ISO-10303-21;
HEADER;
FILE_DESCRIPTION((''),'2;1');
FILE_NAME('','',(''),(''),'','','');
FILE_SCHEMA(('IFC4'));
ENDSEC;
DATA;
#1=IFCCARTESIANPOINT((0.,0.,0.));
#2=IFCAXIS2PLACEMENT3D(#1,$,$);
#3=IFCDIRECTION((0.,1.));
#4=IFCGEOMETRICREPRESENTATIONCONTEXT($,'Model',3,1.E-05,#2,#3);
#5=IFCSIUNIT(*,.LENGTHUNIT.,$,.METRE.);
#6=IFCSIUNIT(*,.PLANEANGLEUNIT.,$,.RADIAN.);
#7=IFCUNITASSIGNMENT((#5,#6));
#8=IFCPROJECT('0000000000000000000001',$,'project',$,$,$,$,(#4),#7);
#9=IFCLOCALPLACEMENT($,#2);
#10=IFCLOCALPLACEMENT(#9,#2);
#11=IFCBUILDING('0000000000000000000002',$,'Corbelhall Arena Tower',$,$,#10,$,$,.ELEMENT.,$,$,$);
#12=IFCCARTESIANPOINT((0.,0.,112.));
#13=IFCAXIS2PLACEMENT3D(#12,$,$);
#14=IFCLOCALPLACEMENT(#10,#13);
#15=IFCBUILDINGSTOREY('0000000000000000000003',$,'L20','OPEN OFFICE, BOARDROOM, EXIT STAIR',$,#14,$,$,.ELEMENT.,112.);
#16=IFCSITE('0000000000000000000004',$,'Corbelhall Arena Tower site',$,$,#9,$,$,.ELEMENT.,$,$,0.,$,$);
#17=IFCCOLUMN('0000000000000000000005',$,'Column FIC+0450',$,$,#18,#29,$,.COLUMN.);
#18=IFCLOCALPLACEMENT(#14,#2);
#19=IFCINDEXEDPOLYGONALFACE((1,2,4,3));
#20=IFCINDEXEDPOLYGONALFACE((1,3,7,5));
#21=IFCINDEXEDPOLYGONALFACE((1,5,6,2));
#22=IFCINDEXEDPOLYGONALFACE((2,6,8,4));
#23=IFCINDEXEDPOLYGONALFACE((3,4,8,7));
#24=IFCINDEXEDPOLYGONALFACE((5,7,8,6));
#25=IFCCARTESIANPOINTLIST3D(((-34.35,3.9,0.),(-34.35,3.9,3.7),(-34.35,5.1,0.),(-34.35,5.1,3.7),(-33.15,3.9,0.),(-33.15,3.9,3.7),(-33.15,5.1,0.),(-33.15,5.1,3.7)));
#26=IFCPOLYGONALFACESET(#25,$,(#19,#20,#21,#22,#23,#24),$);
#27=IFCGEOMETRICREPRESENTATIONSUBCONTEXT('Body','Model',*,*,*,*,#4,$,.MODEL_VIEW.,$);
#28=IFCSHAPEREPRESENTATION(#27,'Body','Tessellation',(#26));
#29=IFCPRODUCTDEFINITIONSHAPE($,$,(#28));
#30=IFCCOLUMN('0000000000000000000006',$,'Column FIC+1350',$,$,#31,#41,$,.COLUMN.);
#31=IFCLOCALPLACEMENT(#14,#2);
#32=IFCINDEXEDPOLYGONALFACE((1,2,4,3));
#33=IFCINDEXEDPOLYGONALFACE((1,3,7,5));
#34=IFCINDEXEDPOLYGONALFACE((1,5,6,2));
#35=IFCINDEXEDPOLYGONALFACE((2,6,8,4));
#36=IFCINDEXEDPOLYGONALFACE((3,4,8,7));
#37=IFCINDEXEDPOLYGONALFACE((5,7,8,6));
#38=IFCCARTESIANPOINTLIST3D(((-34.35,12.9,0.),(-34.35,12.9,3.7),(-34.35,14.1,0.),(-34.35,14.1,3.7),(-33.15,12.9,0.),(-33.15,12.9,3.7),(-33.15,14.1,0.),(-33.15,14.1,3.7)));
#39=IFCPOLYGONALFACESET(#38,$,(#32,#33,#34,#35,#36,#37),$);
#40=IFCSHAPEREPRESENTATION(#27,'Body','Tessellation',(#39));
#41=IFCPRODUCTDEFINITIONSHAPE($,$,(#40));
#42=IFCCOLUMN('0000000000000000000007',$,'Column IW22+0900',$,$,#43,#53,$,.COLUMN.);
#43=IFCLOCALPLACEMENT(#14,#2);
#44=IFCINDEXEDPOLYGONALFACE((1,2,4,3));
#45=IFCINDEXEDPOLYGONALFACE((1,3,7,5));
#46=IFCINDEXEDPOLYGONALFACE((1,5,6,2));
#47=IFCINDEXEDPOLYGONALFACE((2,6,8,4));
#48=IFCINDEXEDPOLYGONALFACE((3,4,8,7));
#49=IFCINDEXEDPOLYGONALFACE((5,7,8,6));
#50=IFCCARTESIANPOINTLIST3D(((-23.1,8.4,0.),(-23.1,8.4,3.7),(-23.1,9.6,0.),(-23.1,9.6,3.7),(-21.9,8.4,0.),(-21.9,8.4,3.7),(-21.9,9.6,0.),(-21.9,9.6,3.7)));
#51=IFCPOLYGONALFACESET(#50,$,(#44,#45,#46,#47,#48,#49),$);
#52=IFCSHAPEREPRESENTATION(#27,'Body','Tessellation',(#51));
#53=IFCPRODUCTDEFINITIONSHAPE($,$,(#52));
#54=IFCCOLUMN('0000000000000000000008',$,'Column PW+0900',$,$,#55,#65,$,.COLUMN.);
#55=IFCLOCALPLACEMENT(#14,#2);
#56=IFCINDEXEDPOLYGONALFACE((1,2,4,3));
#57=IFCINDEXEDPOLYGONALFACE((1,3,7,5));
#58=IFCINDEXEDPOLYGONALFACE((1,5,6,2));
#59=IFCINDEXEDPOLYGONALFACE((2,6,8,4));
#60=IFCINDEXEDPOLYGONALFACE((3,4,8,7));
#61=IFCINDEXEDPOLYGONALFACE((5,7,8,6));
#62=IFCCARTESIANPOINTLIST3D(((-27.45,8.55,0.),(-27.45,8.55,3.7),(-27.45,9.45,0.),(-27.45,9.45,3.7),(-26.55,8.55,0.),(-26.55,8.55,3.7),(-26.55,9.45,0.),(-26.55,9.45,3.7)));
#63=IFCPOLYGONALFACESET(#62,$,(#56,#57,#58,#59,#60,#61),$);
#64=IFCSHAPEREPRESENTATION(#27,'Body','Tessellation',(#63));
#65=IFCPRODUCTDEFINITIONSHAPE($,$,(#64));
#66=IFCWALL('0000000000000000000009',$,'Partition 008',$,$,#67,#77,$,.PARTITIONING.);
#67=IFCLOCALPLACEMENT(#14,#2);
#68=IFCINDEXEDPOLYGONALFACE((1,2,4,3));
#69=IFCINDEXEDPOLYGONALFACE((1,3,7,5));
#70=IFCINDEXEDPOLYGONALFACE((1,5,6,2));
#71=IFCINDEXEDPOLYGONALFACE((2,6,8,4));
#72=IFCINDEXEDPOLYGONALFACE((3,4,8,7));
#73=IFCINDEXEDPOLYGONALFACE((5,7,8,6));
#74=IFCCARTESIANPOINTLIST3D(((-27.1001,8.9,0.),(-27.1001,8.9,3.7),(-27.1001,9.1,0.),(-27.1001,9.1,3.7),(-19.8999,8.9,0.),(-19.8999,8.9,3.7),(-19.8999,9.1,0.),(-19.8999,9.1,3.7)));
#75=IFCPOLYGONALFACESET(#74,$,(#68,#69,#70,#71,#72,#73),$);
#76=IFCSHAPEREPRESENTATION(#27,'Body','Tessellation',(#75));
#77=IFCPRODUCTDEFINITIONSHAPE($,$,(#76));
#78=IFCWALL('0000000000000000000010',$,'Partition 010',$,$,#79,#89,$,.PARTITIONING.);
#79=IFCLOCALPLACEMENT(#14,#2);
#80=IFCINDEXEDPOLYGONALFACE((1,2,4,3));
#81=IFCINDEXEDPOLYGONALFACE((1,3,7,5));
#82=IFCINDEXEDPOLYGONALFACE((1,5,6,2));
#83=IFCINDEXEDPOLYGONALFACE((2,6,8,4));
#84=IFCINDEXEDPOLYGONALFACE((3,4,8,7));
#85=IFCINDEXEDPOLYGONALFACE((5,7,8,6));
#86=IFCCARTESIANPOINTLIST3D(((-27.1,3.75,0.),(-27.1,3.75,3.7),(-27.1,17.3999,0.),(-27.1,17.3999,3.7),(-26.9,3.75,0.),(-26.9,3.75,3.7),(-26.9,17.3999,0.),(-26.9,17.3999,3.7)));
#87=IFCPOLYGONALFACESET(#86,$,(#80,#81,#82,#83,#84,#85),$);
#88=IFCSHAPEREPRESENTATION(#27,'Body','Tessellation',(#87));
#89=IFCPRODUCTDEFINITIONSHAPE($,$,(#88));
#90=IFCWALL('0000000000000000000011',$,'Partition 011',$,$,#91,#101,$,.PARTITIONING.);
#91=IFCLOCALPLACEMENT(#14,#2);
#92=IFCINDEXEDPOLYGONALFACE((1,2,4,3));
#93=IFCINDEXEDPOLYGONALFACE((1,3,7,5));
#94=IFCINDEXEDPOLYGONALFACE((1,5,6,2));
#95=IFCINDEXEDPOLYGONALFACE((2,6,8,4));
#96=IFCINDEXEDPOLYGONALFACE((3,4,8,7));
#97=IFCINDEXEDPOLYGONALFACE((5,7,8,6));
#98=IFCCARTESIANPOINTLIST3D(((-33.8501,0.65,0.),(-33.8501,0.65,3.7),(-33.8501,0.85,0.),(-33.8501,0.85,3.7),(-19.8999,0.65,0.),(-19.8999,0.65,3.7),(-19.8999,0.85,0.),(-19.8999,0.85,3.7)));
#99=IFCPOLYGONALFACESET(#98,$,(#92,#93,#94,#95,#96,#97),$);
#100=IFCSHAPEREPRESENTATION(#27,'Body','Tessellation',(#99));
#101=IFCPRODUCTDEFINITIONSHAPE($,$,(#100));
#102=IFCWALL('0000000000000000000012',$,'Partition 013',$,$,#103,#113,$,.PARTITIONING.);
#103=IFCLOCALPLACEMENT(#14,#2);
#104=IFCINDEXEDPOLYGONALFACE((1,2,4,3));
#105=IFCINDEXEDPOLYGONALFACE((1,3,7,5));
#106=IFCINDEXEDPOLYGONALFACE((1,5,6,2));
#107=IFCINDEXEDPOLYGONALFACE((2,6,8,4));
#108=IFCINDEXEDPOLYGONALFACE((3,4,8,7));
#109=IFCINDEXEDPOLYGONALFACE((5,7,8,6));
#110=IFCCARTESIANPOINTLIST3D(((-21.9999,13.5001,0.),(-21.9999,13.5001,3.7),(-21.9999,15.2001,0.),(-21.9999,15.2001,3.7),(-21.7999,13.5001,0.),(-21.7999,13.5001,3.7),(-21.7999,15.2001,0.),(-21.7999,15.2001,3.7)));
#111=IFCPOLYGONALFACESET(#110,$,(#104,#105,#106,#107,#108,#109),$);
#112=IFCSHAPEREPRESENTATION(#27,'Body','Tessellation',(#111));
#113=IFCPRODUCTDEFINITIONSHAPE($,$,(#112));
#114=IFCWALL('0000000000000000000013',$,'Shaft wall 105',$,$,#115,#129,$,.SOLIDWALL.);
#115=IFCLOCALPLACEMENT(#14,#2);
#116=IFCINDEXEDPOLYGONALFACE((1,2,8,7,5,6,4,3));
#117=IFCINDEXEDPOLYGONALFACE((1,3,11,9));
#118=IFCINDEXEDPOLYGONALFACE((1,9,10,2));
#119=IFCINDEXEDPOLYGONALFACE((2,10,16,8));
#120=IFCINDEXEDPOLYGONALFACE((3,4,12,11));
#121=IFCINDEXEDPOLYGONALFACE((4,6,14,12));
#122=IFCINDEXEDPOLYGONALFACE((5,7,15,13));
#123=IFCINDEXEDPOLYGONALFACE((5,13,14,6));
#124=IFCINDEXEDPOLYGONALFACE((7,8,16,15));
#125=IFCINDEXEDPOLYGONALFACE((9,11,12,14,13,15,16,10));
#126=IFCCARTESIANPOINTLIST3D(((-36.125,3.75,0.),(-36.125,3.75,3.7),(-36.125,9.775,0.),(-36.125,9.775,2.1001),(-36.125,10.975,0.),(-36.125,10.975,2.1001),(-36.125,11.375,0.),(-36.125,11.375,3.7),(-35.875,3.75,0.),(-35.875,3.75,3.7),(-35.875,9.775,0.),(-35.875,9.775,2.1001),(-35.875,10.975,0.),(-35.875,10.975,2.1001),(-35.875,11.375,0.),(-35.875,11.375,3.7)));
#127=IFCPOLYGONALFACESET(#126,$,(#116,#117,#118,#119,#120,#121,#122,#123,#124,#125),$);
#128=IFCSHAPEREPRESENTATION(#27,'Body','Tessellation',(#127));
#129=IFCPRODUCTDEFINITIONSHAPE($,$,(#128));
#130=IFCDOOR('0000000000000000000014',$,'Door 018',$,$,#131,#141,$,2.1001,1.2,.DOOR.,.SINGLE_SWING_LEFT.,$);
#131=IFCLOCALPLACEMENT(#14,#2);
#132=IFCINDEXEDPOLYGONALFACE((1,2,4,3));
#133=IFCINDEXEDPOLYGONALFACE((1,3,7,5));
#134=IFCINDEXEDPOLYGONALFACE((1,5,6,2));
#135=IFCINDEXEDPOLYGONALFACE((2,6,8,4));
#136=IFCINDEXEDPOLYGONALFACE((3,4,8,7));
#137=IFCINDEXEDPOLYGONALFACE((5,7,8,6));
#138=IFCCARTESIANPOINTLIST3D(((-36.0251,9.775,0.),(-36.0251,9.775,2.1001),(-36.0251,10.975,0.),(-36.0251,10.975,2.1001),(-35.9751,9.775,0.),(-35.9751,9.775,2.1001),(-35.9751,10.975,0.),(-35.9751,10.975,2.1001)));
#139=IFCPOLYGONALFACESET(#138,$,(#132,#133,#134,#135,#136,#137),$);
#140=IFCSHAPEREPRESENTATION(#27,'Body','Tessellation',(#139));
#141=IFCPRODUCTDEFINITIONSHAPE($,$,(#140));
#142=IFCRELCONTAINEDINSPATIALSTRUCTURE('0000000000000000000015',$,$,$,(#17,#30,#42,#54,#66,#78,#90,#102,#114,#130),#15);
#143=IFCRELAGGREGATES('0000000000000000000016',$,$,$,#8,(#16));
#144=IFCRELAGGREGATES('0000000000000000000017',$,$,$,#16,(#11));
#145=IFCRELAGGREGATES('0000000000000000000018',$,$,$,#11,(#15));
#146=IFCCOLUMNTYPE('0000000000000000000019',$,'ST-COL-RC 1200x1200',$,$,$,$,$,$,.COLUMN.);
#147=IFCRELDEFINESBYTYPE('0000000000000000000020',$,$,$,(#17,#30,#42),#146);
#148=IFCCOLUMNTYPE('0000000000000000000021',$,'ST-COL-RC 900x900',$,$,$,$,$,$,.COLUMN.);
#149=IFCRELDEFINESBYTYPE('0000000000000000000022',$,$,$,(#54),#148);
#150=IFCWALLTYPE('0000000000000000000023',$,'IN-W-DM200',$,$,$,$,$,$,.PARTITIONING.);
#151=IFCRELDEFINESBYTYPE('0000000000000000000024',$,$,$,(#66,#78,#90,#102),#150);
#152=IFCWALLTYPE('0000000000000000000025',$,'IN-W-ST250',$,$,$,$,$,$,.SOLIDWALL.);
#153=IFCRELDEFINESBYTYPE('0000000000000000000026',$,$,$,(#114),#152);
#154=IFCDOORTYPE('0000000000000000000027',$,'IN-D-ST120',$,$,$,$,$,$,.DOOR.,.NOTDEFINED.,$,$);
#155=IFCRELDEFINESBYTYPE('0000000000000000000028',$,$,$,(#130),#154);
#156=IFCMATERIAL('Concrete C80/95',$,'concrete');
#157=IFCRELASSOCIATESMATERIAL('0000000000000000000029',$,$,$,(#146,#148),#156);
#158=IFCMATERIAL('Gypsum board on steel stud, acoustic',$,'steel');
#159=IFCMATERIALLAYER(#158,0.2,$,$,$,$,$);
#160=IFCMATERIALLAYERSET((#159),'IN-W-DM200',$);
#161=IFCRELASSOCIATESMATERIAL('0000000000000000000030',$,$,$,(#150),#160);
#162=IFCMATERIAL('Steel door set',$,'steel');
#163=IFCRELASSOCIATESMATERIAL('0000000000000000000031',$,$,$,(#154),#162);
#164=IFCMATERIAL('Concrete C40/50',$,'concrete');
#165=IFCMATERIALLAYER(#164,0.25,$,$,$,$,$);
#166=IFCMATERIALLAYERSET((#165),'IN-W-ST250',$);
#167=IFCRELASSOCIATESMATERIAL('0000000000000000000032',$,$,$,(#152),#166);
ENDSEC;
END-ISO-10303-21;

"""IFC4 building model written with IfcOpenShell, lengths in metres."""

from ifc_helpers import new_model, si_unit, direction, frame, frame_2d, origin, origin_2d, place, context, subcontext, project, spatial, rectangle, extrude, material, layer, layer_set, material_profile, profile_set, type_object, element, fill, save


model = new_model("IFC4")

# Units and contexts
model_context = context("Model", 3, precision=1e-05, world=origin(), true_north=direction((0.0, 1.0)))
body_context = subcontext(model_context, "Body", "Model", "MODEL_VIEW")
ifc_project = project(units=[si_unit("LENGTHUNIT", "METRE"), si_unit("PLANEANGLEUNIT", "RADIAN")], contexts=[model_context])

# Site, building, storey
site_placement = place(None, origin())
site = spatial("IfcSite", under=ifc_project, at=site_placement, Name="Corbelhall Arena Tower site", CompositionType="ELEMENT", RefElevation=0.0)
building_placement = place(site_placement, origin())
building = spatial("IfcBuilding", under=site, at=building_placement, Name="Corbelhall Arena Tower", CompositionType="ELEMENT")
storey_placement = place(building_placement, frame((0.0, 0.0, 112.0)))
storey = spatial("IfcBuildingStorey", under=building, at=storey_placement, Name="L20", Description="OPEN OFFICE, BOARDROOM, EXIT STAIR", CompositionType="ELEMENT", Elevation=112.0)

# Columns
ifc_material_1 = material(Name="Concrete C80/95", Category="concrete")
ifc_material_profile_1 = material_profile(ifc_material_1, rectangle(XDim=1.2, YDim=1.2, at=origin_2d()))
ifc_profile_set_1 = profile_set([ifc_material_profile_1], Name="Concrete C80/95")
column_type_1 = type_object("IfcColumnType", Name="ST-COL-RC 1200x1200", PredefinedType="COLUMN", material=ifc_profile_set_1)
for number, where, z_axis, x_axis, name in (
    (1, (-33.75, 4.5, 0.0), (0.0, 0.0, 1.0), (1.0, 0.0, 0.0), "Column FIC+0450"),
    (2, (-33.75, 13.5, 0.0), (0.0, 0.0, 1.0), (1.0, 0.0, 0.0), "Column FIC+1350"),
    (3, (-22.5, 9.0, 0.0), (0.0, 0.0, 1.0), (1.0, 0.0, 0.0), "Column IW22+0900"),
):
    element("IfcColumn", number, at=place(storey_placement, frame(where, z_axis=z_axis, x_axis=x_axis)), inside=storey, type_object=column_type_1, Name=name, PredefinedType="COLUMN", context=body_context, shape_type="SweptSolid", body=[
        extrude(rectangle(XDim=1.2, YDim=1.2, at=origin_2d()), origin(), (0.0, 0.0, 1.0), 3.7),
    ])
ifc_material_profile_2 = material_profile(ifc_material_1, rectangle(XDim=0.8999, YDim=0.8999, at=origin_2d()))
ifc_profile_set_2 = profile_set([ifc_material_profile_2], Name="Concrete C80/95")
column_type_2 = type_object("IfcColumnType", Name="ST-COL-RC 900x900", PredefinedType="COLUMN", material=ifc_profile_set_2)
column_placement = place(storey_placement, frame((-27.0, 9.0, 0.0), z_axis=(0.0, 0.0, 1.0), x_axis=(1.0, 0.0, 0.0)))
element("IfcColumn", 4, at=column_placement, inside=storey, type_object=column_type_2, Name="Column PW+0900", PredefinedType="COLUMN", context=body_context, shape_type="SweptSolid", body=[
    extrude(rectangle(XDim=0.8999, YDim=0.8999, at=origin_2d()), origin(), (0.0, 0.0, 1.0), 3.7),
])

# Shared definitions
ifc_material_2 = material(Name="Gypsum board on steel stud, acoustic", Category="steel")
ifc_layer_1 = layer(ifc_material_2, 0.2)
ifc_layer_set_1 = layer_set([ifc_layer_1], Name="IN-W-DM200")
wall_type_1 = type_object("IfcWallType", Name="IN-W-DM200", PredefinedType="PARTITIONING", material=ifc_layer_set_1)
ifc_material_3 = material(Name="Steel door set", Category="steel")

# Walls
wall_1_placement = place(storey_placement, frame((-27.1001, 9.0, 0.0), z_axis=(0.0, 0.0, 1.0), x_axis=(1.0, 0.0, 0.0)))
element("IfcWall", 5, at=wall_1_placement, inside=storey, type_object=wall_type_1, Name="Partition 008", PredefinedType="PARTITIONING", context=body_context, shape_type="SweptSolid", body=[
    extrude(rectangle(XDim=7.2002, YDim=0.2, at=frame_2d((3.6001, 0.0))), origin(), (0.0, 0.0, 1.0), 3.7),
])
wall_2_placement = place(storey_placement, frame((-27.0, 3.75, 0.0), z_axis=(0.0, 0.0, 1.0), x_axis=(0.0, 1.0, 0.0)))
element("IfcWall", 6, at=wall_2_placement, inside=storey, type_object=wall_type_1, Name="Partition 010", PredefinedType="PARTITIONING", context=body_context, shape_type="SweptSolid", body=[
    extrude(rectangle(XDim=13.6499, YDim=0.2, at=frame_2d((6.825, 0.0))), origin(), (0.0, 0.0, 1.0), 3.7),
])
wall_3_placement = place(storey_placement, frame((-19.8999, 0.75, 0.0), z_axis=(0.0, 0.0, 1.0), x_axis=(-1.0, 0.0, 0.0)))
element("IfcWall", 7, at=wall_3_placement, inside=storey, type_object=wall_type_1, Name="Partition 011", PredefinedType="PARTITIONING", context=body_context, shape_type="SweptSolid", body=[
    extrude(rectangle(XDim=13.9502, YDim=0.2, at=frame_2d((6.9751, 0.0))), origin(), (0.0, 0.0, 1.0), 3.7),
])
wall_4_placement = place(storey_placement, frame((-21.8999, 13.5, 0.0), z_axis=(0.0, 0.0, 1.0), x_axis=(0.0, 1.0, 0.0)))
element("IfcWall", 8, at=wall_4_placement, inside=storey, type_object=wall_type_1, Name="Partition 013", PredefinedType="PARTITIONING", context=body_context, shape_type="SweptSolid", body=[
    extrude(rectangle(XDim=1.7, YDim=0.2, at=frame_2d((0.8501, 0.0))), origin(), (0.0, 0.0, 1.0), 3.7),
])

# Wall, opening, door
ifc_material_4 = material(Name="Concrete C40/50", Category="concrete")
door_type_1 = type_object("IfcDoorType", Name="IN-D-ST120", OperationType="NOTDEFINED", PredefinedType="DOOR", material=ifc_material_3)
ifc_layer_2 = layer(ifc_material_4, 0.25)
ifc_layer_set_2 = layer_set([ifc_layer_2], Name="IN-W-ST250")
wall_type_2 = type_object("IfcWallType", Name="IN-W-ST250", PredefinedType="SOLIDWALL", material=ifc_layer_set_2)
wall_5_placement = place(storey_placement, frame((-36.0, 11.375, 0.0), z_axis=(0.0, 0.0, 1.0), x_axis=(0.0, -1.0, 0.0)))
wall_5 = element("IfcWall", 9, at=wall_5_placement, inside=storey, type_object=wall_type_2, Name="Shaft wall 105", PredefinedType="SOLIDWALL", context=body_context, shape_type="SweptSolid", body=[
    extrude(rectangle(XDim=7.625, YDim=0.25, at=frame_2d((3.8125, 0.0))), origin(), (0.0, 0.0, 1.0), 3.7),
])
opening_1_placement = place(wall_5_placement, frame((0.3999, 0.0, 0.0)))
opening_1 = element("IfcOpeningElement", 10, at=opening_1_placement, cuts=wall_5, PredefinedType="OPENING", context=body_context, shape_type="SweptSolid", body=[
    extrude(rectangle(XDim=1.2, YDim=2.1001, at=frame_2d((0.6001, 1.05))), frame((0.0, 0.125, 0.0), z_axis=(0.0, -1.0, 0.0), x_axis=(1.0, 0.0, 0.0)), (0.0, 0.0, 1.0), 0.25),
])
door_1_placement = place(opening_1_placement, origin())
door_1 = element("IfcDoor", 11, at=door_1_placement, inside=storey, type_object=door_type_1, Name="Door 018", OperationType="SINGLE_SWING_LEFT", OverallHeight=2.1001, OverallWidth=1.2, PredefinedType="DOOR", context=body_context, shape_type="SweptSolid", body=[
    extrude(rectangle(XDim=1.2, YDim=2.1001, at=frame_2d((0.6001, 1.05))), frame((0.0, 0.0249, 0.0), z_axis=(0.0, -1.0, 0.0), x_axis=(1.0, 0.0, 0.0)), (0.0, 0.0, 1.0), 0.05),
])
fill(opening_1, door_1)

save(model, "model.ifc")
